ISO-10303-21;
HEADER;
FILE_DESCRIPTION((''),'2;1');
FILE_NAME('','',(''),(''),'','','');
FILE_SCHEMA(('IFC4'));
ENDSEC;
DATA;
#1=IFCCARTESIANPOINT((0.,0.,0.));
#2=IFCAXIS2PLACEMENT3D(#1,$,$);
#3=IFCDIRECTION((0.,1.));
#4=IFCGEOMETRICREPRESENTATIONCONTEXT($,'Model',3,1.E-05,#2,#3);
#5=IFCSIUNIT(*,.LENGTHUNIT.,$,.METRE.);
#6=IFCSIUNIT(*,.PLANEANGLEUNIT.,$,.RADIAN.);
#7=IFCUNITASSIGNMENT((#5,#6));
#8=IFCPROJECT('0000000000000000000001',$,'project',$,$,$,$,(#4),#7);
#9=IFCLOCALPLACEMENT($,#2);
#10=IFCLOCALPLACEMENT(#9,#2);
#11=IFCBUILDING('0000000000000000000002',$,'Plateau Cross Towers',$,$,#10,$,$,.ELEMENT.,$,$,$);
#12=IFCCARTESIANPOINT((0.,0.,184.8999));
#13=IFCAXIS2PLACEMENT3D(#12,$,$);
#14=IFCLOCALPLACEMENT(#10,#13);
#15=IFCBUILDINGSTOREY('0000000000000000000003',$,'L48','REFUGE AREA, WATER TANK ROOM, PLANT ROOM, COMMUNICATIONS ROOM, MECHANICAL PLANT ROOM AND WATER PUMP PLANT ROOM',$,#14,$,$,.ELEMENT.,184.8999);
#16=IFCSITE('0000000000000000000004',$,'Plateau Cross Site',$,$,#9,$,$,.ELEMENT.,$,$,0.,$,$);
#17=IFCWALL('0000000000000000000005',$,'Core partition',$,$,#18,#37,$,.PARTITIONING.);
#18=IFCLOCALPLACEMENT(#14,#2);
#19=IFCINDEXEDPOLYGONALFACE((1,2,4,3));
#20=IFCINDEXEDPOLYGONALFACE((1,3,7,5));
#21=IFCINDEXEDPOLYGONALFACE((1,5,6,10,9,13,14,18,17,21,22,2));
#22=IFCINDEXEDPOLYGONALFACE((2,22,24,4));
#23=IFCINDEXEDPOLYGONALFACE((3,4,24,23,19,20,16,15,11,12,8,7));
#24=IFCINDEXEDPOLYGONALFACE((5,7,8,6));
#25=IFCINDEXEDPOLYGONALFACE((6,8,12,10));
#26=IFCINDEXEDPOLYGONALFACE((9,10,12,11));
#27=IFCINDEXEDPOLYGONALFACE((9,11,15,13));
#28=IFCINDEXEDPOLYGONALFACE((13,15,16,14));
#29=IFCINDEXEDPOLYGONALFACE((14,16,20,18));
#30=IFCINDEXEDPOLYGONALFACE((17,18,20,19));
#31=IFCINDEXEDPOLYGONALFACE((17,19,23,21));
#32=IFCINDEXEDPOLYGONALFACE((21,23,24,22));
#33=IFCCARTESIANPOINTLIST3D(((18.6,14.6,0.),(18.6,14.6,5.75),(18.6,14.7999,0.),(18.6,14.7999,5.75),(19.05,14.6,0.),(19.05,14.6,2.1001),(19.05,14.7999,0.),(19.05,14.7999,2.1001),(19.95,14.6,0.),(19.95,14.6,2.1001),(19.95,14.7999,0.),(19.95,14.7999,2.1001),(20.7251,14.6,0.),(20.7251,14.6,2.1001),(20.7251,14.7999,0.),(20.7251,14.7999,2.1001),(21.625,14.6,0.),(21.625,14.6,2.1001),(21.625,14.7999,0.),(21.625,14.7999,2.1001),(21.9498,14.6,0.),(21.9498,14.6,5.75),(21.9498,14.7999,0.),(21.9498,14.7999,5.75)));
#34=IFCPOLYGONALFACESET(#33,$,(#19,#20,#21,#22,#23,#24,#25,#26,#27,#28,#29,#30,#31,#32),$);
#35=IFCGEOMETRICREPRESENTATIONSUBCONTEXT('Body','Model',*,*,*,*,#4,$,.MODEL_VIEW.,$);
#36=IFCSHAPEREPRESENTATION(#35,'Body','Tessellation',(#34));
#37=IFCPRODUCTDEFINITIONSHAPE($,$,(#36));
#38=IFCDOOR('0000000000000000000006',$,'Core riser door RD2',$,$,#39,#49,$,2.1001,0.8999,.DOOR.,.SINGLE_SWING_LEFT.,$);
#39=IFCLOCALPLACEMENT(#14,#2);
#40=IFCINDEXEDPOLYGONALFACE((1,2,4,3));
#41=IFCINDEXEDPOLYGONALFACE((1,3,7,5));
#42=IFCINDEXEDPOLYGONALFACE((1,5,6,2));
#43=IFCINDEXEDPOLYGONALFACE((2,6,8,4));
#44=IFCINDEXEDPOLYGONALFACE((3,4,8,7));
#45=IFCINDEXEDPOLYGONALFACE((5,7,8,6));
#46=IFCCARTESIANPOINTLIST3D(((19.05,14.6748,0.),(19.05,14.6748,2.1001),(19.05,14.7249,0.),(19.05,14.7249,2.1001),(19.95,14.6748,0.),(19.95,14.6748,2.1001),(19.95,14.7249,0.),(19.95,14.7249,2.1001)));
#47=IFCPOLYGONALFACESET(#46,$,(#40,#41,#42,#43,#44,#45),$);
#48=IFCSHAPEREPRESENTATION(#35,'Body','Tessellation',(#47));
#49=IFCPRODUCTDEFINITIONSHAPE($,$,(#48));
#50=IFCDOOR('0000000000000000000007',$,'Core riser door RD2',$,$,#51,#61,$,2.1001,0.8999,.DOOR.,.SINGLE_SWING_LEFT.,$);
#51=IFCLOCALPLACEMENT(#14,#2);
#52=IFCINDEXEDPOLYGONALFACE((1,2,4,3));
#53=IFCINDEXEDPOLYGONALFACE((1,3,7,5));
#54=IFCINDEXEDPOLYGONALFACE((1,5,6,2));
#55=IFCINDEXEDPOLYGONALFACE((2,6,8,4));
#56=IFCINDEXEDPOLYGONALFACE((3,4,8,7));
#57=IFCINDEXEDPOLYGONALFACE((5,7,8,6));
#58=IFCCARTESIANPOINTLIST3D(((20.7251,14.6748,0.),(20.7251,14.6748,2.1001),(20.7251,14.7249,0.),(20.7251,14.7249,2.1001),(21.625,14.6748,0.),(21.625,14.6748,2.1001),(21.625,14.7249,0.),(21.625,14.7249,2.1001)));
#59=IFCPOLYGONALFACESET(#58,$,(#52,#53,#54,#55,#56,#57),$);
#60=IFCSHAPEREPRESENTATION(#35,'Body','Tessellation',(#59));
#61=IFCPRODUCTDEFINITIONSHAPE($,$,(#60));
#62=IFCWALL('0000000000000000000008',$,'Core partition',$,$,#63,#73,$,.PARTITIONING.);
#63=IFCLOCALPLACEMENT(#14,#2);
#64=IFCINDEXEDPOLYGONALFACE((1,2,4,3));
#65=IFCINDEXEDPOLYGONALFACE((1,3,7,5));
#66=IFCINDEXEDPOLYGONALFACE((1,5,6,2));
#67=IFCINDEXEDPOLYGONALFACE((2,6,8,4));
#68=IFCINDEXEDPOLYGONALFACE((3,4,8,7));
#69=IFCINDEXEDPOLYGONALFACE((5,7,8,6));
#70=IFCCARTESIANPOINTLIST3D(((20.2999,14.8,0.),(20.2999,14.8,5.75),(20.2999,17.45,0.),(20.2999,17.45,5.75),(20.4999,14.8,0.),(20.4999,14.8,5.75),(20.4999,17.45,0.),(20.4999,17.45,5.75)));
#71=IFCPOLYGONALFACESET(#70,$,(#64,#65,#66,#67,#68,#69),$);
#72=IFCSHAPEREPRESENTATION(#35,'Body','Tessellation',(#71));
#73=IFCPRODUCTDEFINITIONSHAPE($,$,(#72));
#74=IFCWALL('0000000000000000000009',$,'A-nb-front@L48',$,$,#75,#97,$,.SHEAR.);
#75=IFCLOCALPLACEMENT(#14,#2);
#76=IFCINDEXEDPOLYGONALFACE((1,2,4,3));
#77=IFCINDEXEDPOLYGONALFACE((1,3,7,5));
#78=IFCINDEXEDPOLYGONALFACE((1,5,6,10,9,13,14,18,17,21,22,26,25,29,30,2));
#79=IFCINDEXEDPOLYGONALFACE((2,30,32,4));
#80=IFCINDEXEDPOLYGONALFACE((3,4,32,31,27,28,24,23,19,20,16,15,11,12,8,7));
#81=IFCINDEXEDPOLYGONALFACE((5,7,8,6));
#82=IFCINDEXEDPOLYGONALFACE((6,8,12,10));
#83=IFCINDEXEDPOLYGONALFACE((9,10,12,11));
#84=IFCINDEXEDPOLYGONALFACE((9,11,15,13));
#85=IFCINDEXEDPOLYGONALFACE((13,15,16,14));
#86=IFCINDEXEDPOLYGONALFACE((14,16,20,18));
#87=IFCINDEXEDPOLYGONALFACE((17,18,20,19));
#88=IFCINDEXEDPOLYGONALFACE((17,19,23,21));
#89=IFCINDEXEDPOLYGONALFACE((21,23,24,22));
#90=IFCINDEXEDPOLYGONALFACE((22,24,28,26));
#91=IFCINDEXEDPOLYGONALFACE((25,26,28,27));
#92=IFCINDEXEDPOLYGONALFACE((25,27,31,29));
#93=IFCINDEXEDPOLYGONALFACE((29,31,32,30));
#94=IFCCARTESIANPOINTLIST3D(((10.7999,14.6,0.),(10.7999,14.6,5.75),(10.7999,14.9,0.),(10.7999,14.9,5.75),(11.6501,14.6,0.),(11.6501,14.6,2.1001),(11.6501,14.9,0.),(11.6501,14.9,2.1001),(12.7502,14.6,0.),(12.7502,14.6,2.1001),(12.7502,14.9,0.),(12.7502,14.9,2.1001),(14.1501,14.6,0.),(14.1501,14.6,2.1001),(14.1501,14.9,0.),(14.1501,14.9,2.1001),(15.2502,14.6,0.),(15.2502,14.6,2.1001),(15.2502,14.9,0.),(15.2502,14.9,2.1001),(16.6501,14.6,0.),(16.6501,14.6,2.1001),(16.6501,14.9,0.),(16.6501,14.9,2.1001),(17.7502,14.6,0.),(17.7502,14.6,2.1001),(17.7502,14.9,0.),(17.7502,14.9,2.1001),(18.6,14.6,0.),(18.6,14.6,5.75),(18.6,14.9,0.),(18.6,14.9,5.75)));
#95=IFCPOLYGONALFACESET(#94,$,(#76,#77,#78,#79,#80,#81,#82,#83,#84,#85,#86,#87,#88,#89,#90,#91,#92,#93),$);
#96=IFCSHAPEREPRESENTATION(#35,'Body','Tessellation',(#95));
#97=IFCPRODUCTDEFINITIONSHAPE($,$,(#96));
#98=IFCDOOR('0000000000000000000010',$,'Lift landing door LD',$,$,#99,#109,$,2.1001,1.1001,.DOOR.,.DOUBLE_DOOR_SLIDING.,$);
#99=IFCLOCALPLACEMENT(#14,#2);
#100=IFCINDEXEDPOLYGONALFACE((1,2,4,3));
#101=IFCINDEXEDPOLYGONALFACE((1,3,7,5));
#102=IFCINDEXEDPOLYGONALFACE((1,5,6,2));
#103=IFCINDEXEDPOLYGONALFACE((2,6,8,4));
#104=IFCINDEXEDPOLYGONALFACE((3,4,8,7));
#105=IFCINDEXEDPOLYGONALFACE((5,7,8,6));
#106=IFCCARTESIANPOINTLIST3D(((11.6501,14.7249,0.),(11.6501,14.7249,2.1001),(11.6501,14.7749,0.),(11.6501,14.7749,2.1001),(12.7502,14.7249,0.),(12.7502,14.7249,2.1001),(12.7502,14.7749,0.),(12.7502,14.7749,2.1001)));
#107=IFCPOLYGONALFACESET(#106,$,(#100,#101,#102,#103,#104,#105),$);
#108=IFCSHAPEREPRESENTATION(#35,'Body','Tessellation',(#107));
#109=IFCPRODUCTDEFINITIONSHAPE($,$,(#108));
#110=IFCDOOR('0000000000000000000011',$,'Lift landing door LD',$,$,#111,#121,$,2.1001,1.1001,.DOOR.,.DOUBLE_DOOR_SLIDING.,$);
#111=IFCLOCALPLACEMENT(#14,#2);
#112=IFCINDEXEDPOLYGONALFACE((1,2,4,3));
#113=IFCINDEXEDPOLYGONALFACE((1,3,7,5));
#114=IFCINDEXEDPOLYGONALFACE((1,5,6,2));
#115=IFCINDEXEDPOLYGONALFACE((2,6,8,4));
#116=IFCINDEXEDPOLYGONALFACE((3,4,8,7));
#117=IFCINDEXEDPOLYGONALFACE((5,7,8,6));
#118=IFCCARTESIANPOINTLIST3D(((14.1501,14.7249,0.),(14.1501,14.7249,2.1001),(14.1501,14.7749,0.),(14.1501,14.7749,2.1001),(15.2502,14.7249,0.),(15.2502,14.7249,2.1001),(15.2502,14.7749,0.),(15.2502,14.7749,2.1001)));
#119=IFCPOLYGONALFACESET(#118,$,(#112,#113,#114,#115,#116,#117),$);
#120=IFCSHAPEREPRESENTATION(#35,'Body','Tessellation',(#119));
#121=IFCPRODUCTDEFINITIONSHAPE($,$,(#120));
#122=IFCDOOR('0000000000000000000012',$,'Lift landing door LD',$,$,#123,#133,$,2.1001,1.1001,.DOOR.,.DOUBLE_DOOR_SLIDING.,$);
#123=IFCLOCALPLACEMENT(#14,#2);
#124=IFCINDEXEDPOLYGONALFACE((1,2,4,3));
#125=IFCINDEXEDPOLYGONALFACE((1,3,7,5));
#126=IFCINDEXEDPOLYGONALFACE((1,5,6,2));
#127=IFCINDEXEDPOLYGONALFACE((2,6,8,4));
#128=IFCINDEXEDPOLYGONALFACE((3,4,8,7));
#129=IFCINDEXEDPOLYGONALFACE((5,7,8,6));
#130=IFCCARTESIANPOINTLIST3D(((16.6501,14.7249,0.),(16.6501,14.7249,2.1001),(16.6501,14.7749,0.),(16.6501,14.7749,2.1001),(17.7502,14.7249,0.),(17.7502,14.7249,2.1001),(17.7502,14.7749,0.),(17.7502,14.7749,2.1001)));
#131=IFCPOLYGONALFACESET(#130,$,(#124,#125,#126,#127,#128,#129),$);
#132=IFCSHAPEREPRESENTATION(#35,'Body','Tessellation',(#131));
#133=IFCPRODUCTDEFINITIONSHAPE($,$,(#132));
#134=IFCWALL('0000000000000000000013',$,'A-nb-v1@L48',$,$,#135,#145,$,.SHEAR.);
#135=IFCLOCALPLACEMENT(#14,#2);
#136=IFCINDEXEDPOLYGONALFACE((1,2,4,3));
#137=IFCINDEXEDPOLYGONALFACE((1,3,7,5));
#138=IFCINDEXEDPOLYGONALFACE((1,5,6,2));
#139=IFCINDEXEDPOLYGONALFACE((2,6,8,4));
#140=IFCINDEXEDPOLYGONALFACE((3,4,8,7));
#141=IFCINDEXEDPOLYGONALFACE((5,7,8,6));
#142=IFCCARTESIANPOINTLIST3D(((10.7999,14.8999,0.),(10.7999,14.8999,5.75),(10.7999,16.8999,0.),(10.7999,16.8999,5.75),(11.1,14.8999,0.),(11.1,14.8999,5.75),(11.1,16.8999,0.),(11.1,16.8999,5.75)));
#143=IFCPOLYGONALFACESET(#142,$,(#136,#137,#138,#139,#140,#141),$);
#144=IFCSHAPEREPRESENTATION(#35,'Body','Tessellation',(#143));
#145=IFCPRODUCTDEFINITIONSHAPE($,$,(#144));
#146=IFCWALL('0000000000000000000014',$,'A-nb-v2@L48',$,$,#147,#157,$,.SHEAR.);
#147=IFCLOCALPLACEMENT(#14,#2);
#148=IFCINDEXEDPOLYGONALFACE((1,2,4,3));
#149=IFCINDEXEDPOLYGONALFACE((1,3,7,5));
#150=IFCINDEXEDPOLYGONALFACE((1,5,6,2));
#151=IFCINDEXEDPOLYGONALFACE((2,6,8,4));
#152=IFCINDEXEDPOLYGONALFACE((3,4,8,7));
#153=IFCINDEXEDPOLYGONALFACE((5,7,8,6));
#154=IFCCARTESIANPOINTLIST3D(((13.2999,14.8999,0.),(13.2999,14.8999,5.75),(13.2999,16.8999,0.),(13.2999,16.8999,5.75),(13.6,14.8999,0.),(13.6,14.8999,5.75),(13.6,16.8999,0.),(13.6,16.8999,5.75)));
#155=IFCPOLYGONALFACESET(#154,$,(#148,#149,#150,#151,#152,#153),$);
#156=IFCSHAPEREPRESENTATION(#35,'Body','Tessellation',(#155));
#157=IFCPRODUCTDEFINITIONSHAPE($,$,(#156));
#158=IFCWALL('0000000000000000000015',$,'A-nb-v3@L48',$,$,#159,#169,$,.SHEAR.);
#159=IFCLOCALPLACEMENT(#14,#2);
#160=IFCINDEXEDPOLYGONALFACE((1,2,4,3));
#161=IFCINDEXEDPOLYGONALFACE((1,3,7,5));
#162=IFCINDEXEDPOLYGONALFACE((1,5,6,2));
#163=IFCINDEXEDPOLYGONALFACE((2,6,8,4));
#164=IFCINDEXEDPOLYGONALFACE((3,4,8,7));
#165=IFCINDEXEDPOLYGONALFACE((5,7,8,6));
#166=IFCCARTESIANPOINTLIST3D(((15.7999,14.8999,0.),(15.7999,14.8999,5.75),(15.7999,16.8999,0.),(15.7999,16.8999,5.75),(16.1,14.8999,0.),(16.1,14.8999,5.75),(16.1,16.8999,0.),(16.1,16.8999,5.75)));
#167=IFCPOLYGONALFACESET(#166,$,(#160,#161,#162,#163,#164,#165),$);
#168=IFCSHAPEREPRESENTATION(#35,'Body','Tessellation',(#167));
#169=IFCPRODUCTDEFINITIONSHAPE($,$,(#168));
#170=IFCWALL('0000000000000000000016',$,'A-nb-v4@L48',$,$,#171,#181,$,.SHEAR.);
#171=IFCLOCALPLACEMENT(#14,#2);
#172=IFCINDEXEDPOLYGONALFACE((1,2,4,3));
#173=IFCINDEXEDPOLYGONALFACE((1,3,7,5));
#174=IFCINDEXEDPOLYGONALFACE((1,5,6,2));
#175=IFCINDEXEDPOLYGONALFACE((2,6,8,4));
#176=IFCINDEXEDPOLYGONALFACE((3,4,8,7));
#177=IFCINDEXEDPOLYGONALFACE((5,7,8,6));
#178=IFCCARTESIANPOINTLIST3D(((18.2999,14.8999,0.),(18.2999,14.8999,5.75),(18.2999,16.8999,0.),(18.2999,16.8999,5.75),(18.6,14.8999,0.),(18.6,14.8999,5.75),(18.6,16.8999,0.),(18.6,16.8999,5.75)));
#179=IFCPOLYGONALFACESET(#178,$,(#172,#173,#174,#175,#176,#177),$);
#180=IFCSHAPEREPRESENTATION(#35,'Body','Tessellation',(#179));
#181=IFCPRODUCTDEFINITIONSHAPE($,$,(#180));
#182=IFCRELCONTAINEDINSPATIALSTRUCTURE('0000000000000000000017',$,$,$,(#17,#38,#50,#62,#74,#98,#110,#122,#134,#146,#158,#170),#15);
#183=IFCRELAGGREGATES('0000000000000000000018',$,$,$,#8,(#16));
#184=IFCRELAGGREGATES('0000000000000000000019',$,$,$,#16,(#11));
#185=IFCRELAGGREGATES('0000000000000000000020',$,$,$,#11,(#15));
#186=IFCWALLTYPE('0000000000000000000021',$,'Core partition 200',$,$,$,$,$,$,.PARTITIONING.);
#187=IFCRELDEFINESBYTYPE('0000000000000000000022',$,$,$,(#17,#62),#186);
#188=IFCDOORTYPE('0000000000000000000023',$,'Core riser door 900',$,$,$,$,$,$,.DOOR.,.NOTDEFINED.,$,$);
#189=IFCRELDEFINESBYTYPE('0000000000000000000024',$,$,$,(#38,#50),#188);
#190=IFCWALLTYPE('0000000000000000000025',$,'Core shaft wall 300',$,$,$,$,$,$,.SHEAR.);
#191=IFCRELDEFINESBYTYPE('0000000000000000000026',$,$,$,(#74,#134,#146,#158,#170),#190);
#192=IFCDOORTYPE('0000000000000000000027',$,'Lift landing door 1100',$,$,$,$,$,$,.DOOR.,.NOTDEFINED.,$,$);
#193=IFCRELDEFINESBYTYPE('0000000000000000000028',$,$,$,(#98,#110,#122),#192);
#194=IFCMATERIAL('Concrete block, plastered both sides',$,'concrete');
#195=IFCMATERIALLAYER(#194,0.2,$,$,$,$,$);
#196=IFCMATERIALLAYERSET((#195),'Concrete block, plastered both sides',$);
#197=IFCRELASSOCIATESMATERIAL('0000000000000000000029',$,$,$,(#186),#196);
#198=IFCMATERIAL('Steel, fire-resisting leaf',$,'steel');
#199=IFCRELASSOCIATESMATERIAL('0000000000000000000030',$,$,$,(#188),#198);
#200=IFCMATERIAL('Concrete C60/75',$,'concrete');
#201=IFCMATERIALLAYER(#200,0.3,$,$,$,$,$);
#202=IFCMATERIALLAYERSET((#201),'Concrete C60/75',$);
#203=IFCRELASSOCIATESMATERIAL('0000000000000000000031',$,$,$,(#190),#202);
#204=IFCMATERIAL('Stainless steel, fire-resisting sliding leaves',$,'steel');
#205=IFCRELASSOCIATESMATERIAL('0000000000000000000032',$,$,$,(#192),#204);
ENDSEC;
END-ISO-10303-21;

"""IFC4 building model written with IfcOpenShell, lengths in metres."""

from ifc_helpers import new_model, si_unit, direction, frame, frame_2d, origin, place, context, subcontext, project, spatial, rectangle, extrude, material, layer, layer_set, type_object, element, fill, save


model = new_model("IFC4")

# Units and contexts
model_context = context("Model", 3, precision=1e-05, world=origin(), true_north=direction((0.0, 1.0)))
body_context = subcontext(model_context, "Body", "Model", "MODEL_VIEW")
ifc_project = project(units=[si_unit("LENGTHUNIT", "METRE"), si_unit("PLANEANGLEUNIT", "RADIAN")], contexts=[model_context])

# Site, building, storey
site_placement = place(None, origin())
site = spatial("IfcSite", under=ifc_project, at=site_placement, Name="Plateau Cross Site", CompositionType="ELEMENT", RefElevation=0.0)
building_placement = place(site_placement, origin())
building = spatial("IfcBuilding", under=site, at=building_placement, Name="Plateau Cross Towers", CompositionType="ELEMENT")
storey_placement = place(building_placement, frame((0.0, 0.0, 184.8999)))
storey = spatial("IfcBuildingStorey", under=building, at=storey_placement, Name="L48", Description="REFUGE AREA, WATER TANK ROOM, PLANT ROOM, COMMUNICATIONS ROOM, MECHANICAL PLANT ROOM AND WATER PUMP PLANT ROOM", CompositionType="ELEMENT", Elevation=184.8999)

# Shared definitions
ifc_material_1 = material(Name="Concrete block, plastered both sides", Category="concrete")
ifc_layer_1 = layer(ifc_material_1, 0.2)
ifc_layer_set_1 = layer_set([ifc_layer_1], Name="Concrete block, plastered both sides")
wall_type_1 = type_object("IfcWallType", Name="Core partition 200", PredefinedType="PARTITIONING", material=ifc_layer_set_1)

# Wall, openings, doors
wall_1_placement = place(storey_placement, frame((18.6001, 14.7, 0.0), z_axis=(0.0, 0.0, 1.0), x_axis=(1.0, 0.0, 0.0)))
wall_1 = element("IfcWall", 1, at=wall_1_placement, inside=storey, type_object=wall_type_1, Name="Core partition", PredefinedType="PARTITIONING", context=body_context, shape_type="SweptSolid", body=[
    extrude(rectangle(XDim=3.3499, YDim=0.2, at=frame_2d((1.6748, 0.0))), origin(), (0.0, 0.0, 1.0), 5.75),
])
opening_1_placement = place(wall_1_placement, frame((0.45, 0.0, 0.0)))
opening_1 = element("IfcOpeningElement", 2, at=opening_1_placement, cuts=wall_1, PredefinedType="OPENING", context=body_context, shape_type="SweptSolid", body=[
    extrude(rectangle(XDim=0.8999, YDim=2.1001, at=frame_2d((0.45, 1.05))), frame((0.0, 0.1099, 0.0), z_axis=(0.0, -1.0, 0.0), x_axis=(1.0, 0.0, 0.0)), (0.0, 0.0, 1.0), 0.22),
])
opening_2_placement = place(wall_1_placement, frame((2.125, 0.0, 0.0)))
opening_2 = element("IfcOpeningElement", 3, at=opening_2_placement, cuts=wall_1, PredefinedType="OPENING", context=body_context, shape_type="SweptSolid", body=[
    extrude(rectangle(XDim=0.8999, YDim=2.1001, at=frame_2d((0.45, 1.05))), frame((0.0, 0.1099, 0.0), z_axis=(0.0, -1.0, 0.0), x_axis=(1.0, 0.0, 0.0)), (0.0, 0.0, 1.0), 0.22),
])
ifc_material_2 = material(Name="Steel, fire-resisting leaf", Category="steel")
door_type_1 = type_object("IfcDoorType", Name="Core riser door 900", OperationType="NOTDEFINED", PredefinedType="DOOR", material=ifc_material_2)
door_1_placement = place(opening_1_placement, origin())
door_1 = element("IfcDoor", 4, at=door_1_placement, inside=storey, type_object=door_type_1, Name="Core riser door RD2", OperationType="SINGLE_SWING_LEFT", OverallHeight=2.1001, OverallWidth=0.8999, PredefinedType="DOOR", context=body_context, shape_type="SweptSolid", body=[
    extrude(rectangle(XDim=0.8999, YDim=2.1001, at=frame_2d((0.45, 1.05))), frame((0.0, 0.0249, 0.0), z_axis=(0.0, -1.0, 0.0), x_axis=(1.0, 0.0, 0.0)), (0.0, 0.0, 1.0), 0.05),
])
fill(opening_1, door_1)
door_2_placement = place(opening_2_placement, origin())
door_2 = element("IfcDoor", 5, at=door_2_placement, inside=storey, type_object=door_type_1, Name="Core riser door RD2", OperationType="SINGLE_SWING_LEFT", OverallHeight=2.1001, OverallWidth=0.8999, PredefinedType="DOOR", context=body_context, shape_type="SweptSolid", body=[
    extrude(rectangle(XDim=0.8999, YDim=2.1001, at=frame_2d((0.45, 1.05))), frame((0.0, 0.0249, 0.0), z_axis=(0.0, -1.0, 0.0), x_axis=(1.0, 0.0, 0.0)), (0.0, 0.0, 1.0), 0.05),
])
fill(opening_2, door_2)

# Wall
wall_2_placement = place(storey_placement, frame((20.3999, 14.8, 0.0), z_axis=(0.0, 0.0, 1.0), x_axis=(0.0, 1.0, 0.0)))
element("IfcWall", 6, at=wall_2_placement, inside=storey, type_object=wall_type_1, Name="Core partition", PredefinedType="PARTITIONING", context=body_context, shape_type="SweptSolid", body=[
    extrude(rectangle(XDim=2.6499, YDim=0.2, at=frame_2d((1.325, 0.0))), origin(), (0.0, 0.0, 1.0), 5.75),
])

# Wall, openings, doors
ifc_material_3 = material(Name="Concrete C60/75", Category="concrete")
ifc_layer_2 = layer(ifc_material_3, 0.3)
ifc_layer_set_2 = layer_set([ifc_layer_2], Name="Concrete C60/75")
wall_type_2 = type_object("IfcWallType", Name="Core shaft wall 300", PredefinedType="SHEAR", material=ifc_layer_set_2)
wall_3_placement = place(storey_placement, frame((10.8, 14.75, 0.0), z_axis=(0.0, 0.0, 1.0), x_axis=(1.0, 0.0, 0.0)))
wall_3 = element("IfcWall", 7, at=wall_3_placement, inside=storey, type_object=wall_type_2, Name="A-nb-front@L48", PredefinedType="SHEAR", context=body_context, shape_type="SweptSolid", body=[
    extrude(rectangle(XDim=7.8, YDim=0.3, at=frame_2d((3.8999, 0.0))), origin(), (0.0, 0.0, 1.0), 5.75),
])
opening_3_placement = place(wall_3_placement, frame((0.8501, 0.0, 0.0)))
opening_3 = element("IfcOpeningElement", 8, at=opening_3_placement, cuts=wall_3, PredefinedType="OPENING", context=body_context, shape_type="SweptSolid", body=[
    extrude(rectangle(XDim=1.1001, YDim=2.1001, at=frame_2d((0.55, 1.05))), frame((0.0, 0.1599, 0.0), z_axis=(0.0, -1.0, 0.0), x_axis=(1.0, 0.0, 0.0)), (0.0, 0.0, 1.0), 0.3201),
])
opening_4_placement = place(wall_3_placement, frame((3.3501, 0.0, 0.0)))
opening_4 = element("IfcOpeningElement", 9, at=opening_4_placement, cuts=wall_3, PredefinedType="OPENING", context=body_context, shape_type="SweptSolid", body=[
    extrude(rectangle(XDim=1.1001, YDim=2.1001, at=frame_2d((0.55, 1.05))), frame((0.0, 0.1599, 0.0), z_axis=(0.0, -1.0, 0.0), x_axis=(1.0, 0.0, 0.0)), (0.0, 0.0, 1.0), 0.3201),
])
opening_5_placement = place(wall_3_placement, frame((5.8501, 0.0, 0.0)))
opening_5 = element("IfcOpeningElement", 10, at=opening_5_placement, cuts=wall_3, PredefinedType="OPENING", context=body_context, shape_type="SweptSolid", body=[
    extrude(rectangle(XDim=1.1001, YDim=2.1001, at=frame_2d((0.55, 1.05))), frame((0.0, 0.1599, 0.0), z_axis=(0.0, -1.0, 0.0), x_axis=(1.0, 0.0, 0.0)), (0.0, 0.0, 1.0), 0.3201),
])
ifc_material_4 = material(Name="Stainless steel, fire-resisting sliding leaves", Category="steel")
door_type_2 = type_object("IfcDoorType", Name="Lift landing door 1100", OperationType="NOTDEFINED", PredefinedType="DOOR", material=ifc_material_4)
door_3_placement = place(opening_3_placement, origin())
door_3 = element("IfcDoor", 11, at=door_3_placement, inside=storey, type_object=door_type_2, Name="Lift landing door LD", OperationType="DOUBLE_DOOR_SLIDING", OverallHeight=2.1001, OverallWidth=1.1001, PredefinedType="DOOR", context=body_context, shape_type="SweptSolid", body=[
    extrude(rectangle(XDim=1.1001, YDim=2.1001, at=frame_2d((0.55, 1.05))), frame((0.0, 0.0249, 0.0), z_axis=(0.0, -1.0, 0.0), x_axis=(1.0, 0.0, 0.0)), (0.0, 0.0, 1.0), 0.05),
])
fill(opening_3, door_3)
door_4_placement = place(opening_4_placement, origin())
door_4 = element("IfcDoor", 12, at=door_4_placement, inside=storey, type_object=door_type_2, Name="Lift landing door LD", OperationType="DOUBLE_DOOR_SLIDING", OverallHeight=2.1001, OverallWidth=1.1001, PredefinedType="DOOR", context=body_context, shape_type="SweptSolid", body=[
    extrude(rectangle(XDim=1.1001, YDim=2.1001, at=frame_2d((0.55, 1.05))), frame((0.0, 0.0249, 0.0), z_axis=(0.0, -1.0, 0.0), x_axis=(1.0, 0.0, 0.0)), (0.0, 0.0, 1.0), 0.05),
])
fill(opening_4, door_4)
door_5_placement = place(opening_5_placement, origin())
door_5 = element("IfcDoor", 13, at=door_5_placement, inside=storey, type_object=door_type_2, Name="Lift landing door LD", OperationType="DOUBLE_DOOR_SLIDING", OverallHeight=2.1001, OverallWidth=1.1001, PredefinedType="DOOR", context=body_context, shape_type="SweptSolid", body=[
    extrude(rectangle(XDim=1.1001, YDim=2.1001, at=frame_2d((0.55, 1.05))), frame((0.0, 0.0249, 0.0), z_axis=(0.0, -1.0, 0.0), x_axis=(1.0, 0.0, 0.0)), (0.0, 0.0, 1.0), 0.05),
])
fill(opening_5, door_5)

# Walls
for number, where, z_axis, x_axis, name in (
    (14, (10.95, 14.8999, 0.0), (0.0, 0.0, 1.0), (0.0, 1.0, 0.0), "A-nb-v1@L48"),
    (15, (13.45, 14.8999, 0.0), (0.0, 0.0, 1.0), (0.0, 1.0, 0.0), "A-nb-v2@L48"),
    (16, (15.95, 14.8999, 0.0), (0.0, 0.0, 1.0), (0.0, 1.0, 0.0), "A-nb-v3@L48"),
    (17, (18.45, 14.8999, 0.0), (0.0, 0.0, 1.0), (0.0, 1.0, 0.0), "A-nb-v4@L48"),
):
    element("IfcWall", number, at=place(storey_placement, frame(where, z_axis=z_axis, x_axis=x_axis)), inside=storey, type_object=wall_type_2, Name=name, PredefinedType="SHEAR", context=body_context, shape_type="SweptSolid", body=[
        extrude(rectangle(XDim=2.0, YDim=0.3, at=frame_2d((1.0, 0.0))), origin(), (0.0, 0.0, 1.0), 5.75),
    ])

save(model, "model.ifc")
